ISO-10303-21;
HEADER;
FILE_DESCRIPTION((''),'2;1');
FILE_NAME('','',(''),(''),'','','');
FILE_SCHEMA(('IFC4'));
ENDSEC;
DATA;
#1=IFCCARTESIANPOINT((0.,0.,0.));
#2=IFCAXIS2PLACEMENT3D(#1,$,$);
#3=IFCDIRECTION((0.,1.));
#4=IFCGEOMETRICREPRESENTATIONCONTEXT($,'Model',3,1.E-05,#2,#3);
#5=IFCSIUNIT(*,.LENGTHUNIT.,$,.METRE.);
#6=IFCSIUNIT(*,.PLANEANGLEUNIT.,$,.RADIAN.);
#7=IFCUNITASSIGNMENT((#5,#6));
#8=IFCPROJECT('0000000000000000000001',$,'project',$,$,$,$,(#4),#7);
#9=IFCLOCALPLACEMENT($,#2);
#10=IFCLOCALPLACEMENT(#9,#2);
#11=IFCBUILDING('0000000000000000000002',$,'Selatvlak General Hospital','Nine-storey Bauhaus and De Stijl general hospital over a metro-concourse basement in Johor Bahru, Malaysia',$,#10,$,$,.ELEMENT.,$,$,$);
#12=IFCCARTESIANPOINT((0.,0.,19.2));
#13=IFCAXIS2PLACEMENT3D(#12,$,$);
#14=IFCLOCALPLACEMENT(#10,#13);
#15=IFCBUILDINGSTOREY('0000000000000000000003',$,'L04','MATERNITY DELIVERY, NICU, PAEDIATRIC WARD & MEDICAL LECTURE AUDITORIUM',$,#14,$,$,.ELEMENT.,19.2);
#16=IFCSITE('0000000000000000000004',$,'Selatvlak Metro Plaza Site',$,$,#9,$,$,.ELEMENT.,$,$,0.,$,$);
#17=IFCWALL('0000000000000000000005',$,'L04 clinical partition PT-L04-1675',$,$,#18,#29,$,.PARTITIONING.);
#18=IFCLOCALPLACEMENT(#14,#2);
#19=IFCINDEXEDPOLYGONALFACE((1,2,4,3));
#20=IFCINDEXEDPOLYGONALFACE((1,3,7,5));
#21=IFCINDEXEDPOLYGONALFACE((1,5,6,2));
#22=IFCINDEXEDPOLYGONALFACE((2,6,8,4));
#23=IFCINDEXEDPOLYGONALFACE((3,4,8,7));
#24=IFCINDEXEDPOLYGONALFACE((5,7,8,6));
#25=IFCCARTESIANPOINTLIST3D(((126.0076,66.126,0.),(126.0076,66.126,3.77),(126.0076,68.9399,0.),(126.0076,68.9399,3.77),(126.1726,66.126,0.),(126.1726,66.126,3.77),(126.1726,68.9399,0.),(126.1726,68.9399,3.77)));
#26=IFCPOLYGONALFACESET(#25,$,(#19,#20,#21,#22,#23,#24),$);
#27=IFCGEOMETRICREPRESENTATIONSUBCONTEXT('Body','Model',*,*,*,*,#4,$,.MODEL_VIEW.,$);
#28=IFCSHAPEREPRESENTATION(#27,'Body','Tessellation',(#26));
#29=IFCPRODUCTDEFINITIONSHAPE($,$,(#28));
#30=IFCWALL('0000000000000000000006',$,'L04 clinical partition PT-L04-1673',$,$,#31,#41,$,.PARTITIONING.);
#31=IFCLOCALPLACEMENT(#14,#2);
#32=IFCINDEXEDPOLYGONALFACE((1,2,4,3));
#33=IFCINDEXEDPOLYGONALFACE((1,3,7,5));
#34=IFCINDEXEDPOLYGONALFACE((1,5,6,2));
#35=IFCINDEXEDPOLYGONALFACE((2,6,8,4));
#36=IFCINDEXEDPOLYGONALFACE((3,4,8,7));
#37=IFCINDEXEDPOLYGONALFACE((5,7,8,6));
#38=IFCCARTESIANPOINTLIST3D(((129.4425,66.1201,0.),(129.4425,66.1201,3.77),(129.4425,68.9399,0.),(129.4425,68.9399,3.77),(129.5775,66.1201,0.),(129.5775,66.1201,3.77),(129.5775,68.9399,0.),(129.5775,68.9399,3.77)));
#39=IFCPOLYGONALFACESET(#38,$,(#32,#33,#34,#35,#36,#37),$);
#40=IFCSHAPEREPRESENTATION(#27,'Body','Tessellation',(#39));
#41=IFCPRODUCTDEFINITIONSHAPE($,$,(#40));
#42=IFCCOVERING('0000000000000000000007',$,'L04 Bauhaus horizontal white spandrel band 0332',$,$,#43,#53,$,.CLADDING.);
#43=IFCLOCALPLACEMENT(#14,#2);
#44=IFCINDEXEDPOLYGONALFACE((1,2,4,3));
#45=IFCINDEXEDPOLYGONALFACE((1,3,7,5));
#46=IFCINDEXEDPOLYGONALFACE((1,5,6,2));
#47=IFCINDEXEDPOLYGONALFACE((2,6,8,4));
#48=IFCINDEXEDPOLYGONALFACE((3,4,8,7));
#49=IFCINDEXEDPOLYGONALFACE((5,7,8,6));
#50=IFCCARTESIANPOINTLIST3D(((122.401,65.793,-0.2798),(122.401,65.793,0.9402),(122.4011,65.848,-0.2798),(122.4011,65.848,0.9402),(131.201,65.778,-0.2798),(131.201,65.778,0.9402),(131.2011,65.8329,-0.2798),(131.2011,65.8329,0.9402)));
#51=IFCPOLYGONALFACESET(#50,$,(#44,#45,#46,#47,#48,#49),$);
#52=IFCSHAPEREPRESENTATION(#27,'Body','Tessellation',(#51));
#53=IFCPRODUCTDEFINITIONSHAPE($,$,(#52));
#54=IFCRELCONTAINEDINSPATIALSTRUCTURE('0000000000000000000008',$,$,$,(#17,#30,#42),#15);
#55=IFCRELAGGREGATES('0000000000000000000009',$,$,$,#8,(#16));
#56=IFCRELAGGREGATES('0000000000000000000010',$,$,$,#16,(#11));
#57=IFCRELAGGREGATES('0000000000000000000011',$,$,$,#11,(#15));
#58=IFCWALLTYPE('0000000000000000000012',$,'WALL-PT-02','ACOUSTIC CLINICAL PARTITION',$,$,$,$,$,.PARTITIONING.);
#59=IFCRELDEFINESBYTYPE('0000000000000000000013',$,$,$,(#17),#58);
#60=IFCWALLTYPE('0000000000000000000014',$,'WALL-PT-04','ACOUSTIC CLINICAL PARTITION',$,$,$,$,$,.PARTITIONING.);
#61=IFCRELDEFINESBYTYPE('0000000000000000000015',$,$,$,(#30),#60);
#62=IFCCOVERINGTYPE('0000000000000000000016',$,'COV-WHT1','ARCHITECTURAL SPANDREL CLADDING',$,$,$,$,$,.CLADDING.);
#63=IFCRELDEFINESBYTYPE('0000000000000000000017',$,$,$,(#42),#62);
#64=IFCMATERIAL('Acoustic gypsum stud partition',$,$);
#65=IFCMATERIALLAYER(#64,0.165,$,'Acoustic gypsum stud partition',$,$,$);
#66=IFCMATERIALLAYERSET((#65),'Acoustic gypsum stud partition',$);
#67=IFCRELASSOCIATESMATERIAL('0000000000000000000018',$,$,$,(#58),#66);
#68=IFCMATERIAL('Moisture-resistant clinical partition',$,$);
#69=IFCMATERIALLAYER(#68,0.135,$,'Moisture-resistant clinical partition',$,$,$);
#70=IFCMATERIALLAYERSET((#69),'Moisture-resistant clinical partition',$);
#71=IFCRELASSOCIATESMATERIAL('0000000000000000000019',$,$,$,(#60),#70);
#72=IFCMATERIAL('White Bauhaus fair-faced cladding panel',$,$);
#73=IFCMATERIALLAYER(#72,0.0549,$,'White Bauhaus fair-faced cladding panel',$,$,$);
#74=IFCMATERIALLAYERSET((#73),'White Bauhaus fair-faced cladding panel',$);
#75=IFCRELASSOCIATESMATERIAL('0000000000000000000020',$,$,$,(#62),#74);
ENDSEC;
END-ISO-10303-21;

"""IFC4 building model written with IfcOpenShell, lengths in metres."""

from ifc_helpers import new_model, si_unit, direction, frame, frame_2d, origin, origin_2d, place, context, subcontext, project, spatial, rectangle, extrude, material, layer, layer_set, type_object, element, save


model = new_model("IFC4")

# Units and contexts
model_context = context("Model", 3, precision=1e-05, world=origin(), true_north=direction((0.0, 1.0)))
body_context = subcontext(model_context, "Body", "Model", "MODEL_VIEW")
ifc_project = project(units=[si_unit("LENGTHUNIT", "METRE"), si_unit("PLANEANGLEUNIT", "RADIAN")], contexts=[model_context])

# Site, building, storey
site_placement = place(None, origin())
site = spatial("IfcSite", under=ifc_project, at=site_placement, Name="Selatvlak Metro Plaza Site", CompositionType="ELEMENT", RefElevation=0.0)
building_placement = place(site_placement, origin())
building = spatial("IfcBuilding", under=site, at=building_placement, Name="Selatvlak General Hospital", Description="Nine-storey Bauhaus and De Stijl general hospital over a metro-concourse basement in Johor Bahru, Malaysia", CompositionType="ELEMENT")
storey_placement = place(building_placement, frame((0.0, 0.0, 19.2)))
storey = spatial("IfcBuildingStorey", under=building, at=storey_placement, Name="L04", Description="MATERNITY DELIVERY, NICU, PAEDIATRIC WARD & MEDICAL LECTURE AUDITORIUM", CompositionType="ELEMENT", Elevation=19.2)

# Shared definitions
ifc_material_1 = material(Name="Acoustic gypsum stud partition")

# Walls
ifc_layer_1 = layer(ifc_material_1, 0.165, Name="Acoustic gypsum stud partition")
ifc_layer_set_1 = layer_set([ifc_layer_1], Name="Acoustic gypsum stud partition")
wall_type_1 = type_object("IfcWallType", Name="WALL-PT-02", Description="ACOUSTIC CLINICAL PARTITION", PredefinedType="PARTITIONING", material=ifc_layer_set_1)
wall_1_placement = place(storey_placement, frame((126.0901, 68.9399, 0.0), z_axis=(0.0, 0.0, 1.0), x_axis=(0.0, -1.0, 0.0)))
element("IfcWall", 1, at=wall_1_placement, inside=storey, type_object=wall_type_1, Name="L04 clinical partition PT-L04-1675", PredefinedType="PARTITIONING", context=body_context, shape_type="SweptSolid", body=[
    extrude(rectangle(XDim=2.814, YDim=0.165, at=frame_2d((1.407, 0.0))), origin(), (0.0, 0.0, 1.0), 3.77),
])
ifc_material_2 = material(Name="Moisture-resistant clinical partition")
ifc_layer_2 = layer(ifc_material_2, 0.135, Name="Moisture-resistant clinical partition")
ifc_layer_set_2 = layer_set([ifc_layer_2], Name="Moisture-resistant clinical partition")
wall_type_2 = type_object("IfcWallType", Name="WALL-PT-04", Description="ACOUSTIC CLINICAL PARTITION", PredefinedType="PARTITIONING", material=ifc_layer_set_2)
wall_2_placement = place(storey_placement, frame((129.51, 66.1201, 0.0), z_axis=(0.0, 0.0, 1.0), x_axis=(0.0, 1.0, 0.0)))
element("IfcWall", 2, at=wall_2_placement, inside=storey, type_object=wall_type_2, Name="L04 clinical partition PT-L04-1673", PredefinedType="PARTITIONING", context=body_context, shape_type="SweptSolid", body=[
    extrude(rectangle(XDim=2.8198, YDim=0.135, at=frame_2d((1.4099, 0.0))), origin(), (0.0, 0.0, 1.0), 3.77),
])

# Covering
ifc_material_3 = material(Name="White Bauhaus fair-faced cladding panel")
ifc_layer_3 = layer(ifc_material_3, 0.0549, Name="White Bauhaus fair-faced cladding panel")
ifc_layer_set_3 = layer_set([ifc_layer_3], Name="White Bauhaus fair-faced cladding panel")
covering_type = type_object("IfcCoveringType", Name="COV-WHT1", Description="ARCHITECTURAL SPANDREL CLADDING", PredefinedType="CLADDING", material=ifc_layer_set_3)
covering_placement = place(storey_placement, frame((126.801, 65.813, -0.2798), z_axis=(0.0, 0.0, 1.0), x_axis=(-0.999999, 0.00171, 0.0)))
element("IfcCovering", 3, at=covering_placement, inside=storey, type_object=covering_type, Name="L04 Bauhaus horizontal white spandrel band 0332", PredefinedType="CLADDING", context=body_context, shape_type="SweptSolid", body=[
    extrude(rectangle(XDim=8.8, YDim=0.0549, at=origin_2d()), origin(), (0.0, 0.0, 1.0), 1.22),
])

save(model, "model.ifc")
